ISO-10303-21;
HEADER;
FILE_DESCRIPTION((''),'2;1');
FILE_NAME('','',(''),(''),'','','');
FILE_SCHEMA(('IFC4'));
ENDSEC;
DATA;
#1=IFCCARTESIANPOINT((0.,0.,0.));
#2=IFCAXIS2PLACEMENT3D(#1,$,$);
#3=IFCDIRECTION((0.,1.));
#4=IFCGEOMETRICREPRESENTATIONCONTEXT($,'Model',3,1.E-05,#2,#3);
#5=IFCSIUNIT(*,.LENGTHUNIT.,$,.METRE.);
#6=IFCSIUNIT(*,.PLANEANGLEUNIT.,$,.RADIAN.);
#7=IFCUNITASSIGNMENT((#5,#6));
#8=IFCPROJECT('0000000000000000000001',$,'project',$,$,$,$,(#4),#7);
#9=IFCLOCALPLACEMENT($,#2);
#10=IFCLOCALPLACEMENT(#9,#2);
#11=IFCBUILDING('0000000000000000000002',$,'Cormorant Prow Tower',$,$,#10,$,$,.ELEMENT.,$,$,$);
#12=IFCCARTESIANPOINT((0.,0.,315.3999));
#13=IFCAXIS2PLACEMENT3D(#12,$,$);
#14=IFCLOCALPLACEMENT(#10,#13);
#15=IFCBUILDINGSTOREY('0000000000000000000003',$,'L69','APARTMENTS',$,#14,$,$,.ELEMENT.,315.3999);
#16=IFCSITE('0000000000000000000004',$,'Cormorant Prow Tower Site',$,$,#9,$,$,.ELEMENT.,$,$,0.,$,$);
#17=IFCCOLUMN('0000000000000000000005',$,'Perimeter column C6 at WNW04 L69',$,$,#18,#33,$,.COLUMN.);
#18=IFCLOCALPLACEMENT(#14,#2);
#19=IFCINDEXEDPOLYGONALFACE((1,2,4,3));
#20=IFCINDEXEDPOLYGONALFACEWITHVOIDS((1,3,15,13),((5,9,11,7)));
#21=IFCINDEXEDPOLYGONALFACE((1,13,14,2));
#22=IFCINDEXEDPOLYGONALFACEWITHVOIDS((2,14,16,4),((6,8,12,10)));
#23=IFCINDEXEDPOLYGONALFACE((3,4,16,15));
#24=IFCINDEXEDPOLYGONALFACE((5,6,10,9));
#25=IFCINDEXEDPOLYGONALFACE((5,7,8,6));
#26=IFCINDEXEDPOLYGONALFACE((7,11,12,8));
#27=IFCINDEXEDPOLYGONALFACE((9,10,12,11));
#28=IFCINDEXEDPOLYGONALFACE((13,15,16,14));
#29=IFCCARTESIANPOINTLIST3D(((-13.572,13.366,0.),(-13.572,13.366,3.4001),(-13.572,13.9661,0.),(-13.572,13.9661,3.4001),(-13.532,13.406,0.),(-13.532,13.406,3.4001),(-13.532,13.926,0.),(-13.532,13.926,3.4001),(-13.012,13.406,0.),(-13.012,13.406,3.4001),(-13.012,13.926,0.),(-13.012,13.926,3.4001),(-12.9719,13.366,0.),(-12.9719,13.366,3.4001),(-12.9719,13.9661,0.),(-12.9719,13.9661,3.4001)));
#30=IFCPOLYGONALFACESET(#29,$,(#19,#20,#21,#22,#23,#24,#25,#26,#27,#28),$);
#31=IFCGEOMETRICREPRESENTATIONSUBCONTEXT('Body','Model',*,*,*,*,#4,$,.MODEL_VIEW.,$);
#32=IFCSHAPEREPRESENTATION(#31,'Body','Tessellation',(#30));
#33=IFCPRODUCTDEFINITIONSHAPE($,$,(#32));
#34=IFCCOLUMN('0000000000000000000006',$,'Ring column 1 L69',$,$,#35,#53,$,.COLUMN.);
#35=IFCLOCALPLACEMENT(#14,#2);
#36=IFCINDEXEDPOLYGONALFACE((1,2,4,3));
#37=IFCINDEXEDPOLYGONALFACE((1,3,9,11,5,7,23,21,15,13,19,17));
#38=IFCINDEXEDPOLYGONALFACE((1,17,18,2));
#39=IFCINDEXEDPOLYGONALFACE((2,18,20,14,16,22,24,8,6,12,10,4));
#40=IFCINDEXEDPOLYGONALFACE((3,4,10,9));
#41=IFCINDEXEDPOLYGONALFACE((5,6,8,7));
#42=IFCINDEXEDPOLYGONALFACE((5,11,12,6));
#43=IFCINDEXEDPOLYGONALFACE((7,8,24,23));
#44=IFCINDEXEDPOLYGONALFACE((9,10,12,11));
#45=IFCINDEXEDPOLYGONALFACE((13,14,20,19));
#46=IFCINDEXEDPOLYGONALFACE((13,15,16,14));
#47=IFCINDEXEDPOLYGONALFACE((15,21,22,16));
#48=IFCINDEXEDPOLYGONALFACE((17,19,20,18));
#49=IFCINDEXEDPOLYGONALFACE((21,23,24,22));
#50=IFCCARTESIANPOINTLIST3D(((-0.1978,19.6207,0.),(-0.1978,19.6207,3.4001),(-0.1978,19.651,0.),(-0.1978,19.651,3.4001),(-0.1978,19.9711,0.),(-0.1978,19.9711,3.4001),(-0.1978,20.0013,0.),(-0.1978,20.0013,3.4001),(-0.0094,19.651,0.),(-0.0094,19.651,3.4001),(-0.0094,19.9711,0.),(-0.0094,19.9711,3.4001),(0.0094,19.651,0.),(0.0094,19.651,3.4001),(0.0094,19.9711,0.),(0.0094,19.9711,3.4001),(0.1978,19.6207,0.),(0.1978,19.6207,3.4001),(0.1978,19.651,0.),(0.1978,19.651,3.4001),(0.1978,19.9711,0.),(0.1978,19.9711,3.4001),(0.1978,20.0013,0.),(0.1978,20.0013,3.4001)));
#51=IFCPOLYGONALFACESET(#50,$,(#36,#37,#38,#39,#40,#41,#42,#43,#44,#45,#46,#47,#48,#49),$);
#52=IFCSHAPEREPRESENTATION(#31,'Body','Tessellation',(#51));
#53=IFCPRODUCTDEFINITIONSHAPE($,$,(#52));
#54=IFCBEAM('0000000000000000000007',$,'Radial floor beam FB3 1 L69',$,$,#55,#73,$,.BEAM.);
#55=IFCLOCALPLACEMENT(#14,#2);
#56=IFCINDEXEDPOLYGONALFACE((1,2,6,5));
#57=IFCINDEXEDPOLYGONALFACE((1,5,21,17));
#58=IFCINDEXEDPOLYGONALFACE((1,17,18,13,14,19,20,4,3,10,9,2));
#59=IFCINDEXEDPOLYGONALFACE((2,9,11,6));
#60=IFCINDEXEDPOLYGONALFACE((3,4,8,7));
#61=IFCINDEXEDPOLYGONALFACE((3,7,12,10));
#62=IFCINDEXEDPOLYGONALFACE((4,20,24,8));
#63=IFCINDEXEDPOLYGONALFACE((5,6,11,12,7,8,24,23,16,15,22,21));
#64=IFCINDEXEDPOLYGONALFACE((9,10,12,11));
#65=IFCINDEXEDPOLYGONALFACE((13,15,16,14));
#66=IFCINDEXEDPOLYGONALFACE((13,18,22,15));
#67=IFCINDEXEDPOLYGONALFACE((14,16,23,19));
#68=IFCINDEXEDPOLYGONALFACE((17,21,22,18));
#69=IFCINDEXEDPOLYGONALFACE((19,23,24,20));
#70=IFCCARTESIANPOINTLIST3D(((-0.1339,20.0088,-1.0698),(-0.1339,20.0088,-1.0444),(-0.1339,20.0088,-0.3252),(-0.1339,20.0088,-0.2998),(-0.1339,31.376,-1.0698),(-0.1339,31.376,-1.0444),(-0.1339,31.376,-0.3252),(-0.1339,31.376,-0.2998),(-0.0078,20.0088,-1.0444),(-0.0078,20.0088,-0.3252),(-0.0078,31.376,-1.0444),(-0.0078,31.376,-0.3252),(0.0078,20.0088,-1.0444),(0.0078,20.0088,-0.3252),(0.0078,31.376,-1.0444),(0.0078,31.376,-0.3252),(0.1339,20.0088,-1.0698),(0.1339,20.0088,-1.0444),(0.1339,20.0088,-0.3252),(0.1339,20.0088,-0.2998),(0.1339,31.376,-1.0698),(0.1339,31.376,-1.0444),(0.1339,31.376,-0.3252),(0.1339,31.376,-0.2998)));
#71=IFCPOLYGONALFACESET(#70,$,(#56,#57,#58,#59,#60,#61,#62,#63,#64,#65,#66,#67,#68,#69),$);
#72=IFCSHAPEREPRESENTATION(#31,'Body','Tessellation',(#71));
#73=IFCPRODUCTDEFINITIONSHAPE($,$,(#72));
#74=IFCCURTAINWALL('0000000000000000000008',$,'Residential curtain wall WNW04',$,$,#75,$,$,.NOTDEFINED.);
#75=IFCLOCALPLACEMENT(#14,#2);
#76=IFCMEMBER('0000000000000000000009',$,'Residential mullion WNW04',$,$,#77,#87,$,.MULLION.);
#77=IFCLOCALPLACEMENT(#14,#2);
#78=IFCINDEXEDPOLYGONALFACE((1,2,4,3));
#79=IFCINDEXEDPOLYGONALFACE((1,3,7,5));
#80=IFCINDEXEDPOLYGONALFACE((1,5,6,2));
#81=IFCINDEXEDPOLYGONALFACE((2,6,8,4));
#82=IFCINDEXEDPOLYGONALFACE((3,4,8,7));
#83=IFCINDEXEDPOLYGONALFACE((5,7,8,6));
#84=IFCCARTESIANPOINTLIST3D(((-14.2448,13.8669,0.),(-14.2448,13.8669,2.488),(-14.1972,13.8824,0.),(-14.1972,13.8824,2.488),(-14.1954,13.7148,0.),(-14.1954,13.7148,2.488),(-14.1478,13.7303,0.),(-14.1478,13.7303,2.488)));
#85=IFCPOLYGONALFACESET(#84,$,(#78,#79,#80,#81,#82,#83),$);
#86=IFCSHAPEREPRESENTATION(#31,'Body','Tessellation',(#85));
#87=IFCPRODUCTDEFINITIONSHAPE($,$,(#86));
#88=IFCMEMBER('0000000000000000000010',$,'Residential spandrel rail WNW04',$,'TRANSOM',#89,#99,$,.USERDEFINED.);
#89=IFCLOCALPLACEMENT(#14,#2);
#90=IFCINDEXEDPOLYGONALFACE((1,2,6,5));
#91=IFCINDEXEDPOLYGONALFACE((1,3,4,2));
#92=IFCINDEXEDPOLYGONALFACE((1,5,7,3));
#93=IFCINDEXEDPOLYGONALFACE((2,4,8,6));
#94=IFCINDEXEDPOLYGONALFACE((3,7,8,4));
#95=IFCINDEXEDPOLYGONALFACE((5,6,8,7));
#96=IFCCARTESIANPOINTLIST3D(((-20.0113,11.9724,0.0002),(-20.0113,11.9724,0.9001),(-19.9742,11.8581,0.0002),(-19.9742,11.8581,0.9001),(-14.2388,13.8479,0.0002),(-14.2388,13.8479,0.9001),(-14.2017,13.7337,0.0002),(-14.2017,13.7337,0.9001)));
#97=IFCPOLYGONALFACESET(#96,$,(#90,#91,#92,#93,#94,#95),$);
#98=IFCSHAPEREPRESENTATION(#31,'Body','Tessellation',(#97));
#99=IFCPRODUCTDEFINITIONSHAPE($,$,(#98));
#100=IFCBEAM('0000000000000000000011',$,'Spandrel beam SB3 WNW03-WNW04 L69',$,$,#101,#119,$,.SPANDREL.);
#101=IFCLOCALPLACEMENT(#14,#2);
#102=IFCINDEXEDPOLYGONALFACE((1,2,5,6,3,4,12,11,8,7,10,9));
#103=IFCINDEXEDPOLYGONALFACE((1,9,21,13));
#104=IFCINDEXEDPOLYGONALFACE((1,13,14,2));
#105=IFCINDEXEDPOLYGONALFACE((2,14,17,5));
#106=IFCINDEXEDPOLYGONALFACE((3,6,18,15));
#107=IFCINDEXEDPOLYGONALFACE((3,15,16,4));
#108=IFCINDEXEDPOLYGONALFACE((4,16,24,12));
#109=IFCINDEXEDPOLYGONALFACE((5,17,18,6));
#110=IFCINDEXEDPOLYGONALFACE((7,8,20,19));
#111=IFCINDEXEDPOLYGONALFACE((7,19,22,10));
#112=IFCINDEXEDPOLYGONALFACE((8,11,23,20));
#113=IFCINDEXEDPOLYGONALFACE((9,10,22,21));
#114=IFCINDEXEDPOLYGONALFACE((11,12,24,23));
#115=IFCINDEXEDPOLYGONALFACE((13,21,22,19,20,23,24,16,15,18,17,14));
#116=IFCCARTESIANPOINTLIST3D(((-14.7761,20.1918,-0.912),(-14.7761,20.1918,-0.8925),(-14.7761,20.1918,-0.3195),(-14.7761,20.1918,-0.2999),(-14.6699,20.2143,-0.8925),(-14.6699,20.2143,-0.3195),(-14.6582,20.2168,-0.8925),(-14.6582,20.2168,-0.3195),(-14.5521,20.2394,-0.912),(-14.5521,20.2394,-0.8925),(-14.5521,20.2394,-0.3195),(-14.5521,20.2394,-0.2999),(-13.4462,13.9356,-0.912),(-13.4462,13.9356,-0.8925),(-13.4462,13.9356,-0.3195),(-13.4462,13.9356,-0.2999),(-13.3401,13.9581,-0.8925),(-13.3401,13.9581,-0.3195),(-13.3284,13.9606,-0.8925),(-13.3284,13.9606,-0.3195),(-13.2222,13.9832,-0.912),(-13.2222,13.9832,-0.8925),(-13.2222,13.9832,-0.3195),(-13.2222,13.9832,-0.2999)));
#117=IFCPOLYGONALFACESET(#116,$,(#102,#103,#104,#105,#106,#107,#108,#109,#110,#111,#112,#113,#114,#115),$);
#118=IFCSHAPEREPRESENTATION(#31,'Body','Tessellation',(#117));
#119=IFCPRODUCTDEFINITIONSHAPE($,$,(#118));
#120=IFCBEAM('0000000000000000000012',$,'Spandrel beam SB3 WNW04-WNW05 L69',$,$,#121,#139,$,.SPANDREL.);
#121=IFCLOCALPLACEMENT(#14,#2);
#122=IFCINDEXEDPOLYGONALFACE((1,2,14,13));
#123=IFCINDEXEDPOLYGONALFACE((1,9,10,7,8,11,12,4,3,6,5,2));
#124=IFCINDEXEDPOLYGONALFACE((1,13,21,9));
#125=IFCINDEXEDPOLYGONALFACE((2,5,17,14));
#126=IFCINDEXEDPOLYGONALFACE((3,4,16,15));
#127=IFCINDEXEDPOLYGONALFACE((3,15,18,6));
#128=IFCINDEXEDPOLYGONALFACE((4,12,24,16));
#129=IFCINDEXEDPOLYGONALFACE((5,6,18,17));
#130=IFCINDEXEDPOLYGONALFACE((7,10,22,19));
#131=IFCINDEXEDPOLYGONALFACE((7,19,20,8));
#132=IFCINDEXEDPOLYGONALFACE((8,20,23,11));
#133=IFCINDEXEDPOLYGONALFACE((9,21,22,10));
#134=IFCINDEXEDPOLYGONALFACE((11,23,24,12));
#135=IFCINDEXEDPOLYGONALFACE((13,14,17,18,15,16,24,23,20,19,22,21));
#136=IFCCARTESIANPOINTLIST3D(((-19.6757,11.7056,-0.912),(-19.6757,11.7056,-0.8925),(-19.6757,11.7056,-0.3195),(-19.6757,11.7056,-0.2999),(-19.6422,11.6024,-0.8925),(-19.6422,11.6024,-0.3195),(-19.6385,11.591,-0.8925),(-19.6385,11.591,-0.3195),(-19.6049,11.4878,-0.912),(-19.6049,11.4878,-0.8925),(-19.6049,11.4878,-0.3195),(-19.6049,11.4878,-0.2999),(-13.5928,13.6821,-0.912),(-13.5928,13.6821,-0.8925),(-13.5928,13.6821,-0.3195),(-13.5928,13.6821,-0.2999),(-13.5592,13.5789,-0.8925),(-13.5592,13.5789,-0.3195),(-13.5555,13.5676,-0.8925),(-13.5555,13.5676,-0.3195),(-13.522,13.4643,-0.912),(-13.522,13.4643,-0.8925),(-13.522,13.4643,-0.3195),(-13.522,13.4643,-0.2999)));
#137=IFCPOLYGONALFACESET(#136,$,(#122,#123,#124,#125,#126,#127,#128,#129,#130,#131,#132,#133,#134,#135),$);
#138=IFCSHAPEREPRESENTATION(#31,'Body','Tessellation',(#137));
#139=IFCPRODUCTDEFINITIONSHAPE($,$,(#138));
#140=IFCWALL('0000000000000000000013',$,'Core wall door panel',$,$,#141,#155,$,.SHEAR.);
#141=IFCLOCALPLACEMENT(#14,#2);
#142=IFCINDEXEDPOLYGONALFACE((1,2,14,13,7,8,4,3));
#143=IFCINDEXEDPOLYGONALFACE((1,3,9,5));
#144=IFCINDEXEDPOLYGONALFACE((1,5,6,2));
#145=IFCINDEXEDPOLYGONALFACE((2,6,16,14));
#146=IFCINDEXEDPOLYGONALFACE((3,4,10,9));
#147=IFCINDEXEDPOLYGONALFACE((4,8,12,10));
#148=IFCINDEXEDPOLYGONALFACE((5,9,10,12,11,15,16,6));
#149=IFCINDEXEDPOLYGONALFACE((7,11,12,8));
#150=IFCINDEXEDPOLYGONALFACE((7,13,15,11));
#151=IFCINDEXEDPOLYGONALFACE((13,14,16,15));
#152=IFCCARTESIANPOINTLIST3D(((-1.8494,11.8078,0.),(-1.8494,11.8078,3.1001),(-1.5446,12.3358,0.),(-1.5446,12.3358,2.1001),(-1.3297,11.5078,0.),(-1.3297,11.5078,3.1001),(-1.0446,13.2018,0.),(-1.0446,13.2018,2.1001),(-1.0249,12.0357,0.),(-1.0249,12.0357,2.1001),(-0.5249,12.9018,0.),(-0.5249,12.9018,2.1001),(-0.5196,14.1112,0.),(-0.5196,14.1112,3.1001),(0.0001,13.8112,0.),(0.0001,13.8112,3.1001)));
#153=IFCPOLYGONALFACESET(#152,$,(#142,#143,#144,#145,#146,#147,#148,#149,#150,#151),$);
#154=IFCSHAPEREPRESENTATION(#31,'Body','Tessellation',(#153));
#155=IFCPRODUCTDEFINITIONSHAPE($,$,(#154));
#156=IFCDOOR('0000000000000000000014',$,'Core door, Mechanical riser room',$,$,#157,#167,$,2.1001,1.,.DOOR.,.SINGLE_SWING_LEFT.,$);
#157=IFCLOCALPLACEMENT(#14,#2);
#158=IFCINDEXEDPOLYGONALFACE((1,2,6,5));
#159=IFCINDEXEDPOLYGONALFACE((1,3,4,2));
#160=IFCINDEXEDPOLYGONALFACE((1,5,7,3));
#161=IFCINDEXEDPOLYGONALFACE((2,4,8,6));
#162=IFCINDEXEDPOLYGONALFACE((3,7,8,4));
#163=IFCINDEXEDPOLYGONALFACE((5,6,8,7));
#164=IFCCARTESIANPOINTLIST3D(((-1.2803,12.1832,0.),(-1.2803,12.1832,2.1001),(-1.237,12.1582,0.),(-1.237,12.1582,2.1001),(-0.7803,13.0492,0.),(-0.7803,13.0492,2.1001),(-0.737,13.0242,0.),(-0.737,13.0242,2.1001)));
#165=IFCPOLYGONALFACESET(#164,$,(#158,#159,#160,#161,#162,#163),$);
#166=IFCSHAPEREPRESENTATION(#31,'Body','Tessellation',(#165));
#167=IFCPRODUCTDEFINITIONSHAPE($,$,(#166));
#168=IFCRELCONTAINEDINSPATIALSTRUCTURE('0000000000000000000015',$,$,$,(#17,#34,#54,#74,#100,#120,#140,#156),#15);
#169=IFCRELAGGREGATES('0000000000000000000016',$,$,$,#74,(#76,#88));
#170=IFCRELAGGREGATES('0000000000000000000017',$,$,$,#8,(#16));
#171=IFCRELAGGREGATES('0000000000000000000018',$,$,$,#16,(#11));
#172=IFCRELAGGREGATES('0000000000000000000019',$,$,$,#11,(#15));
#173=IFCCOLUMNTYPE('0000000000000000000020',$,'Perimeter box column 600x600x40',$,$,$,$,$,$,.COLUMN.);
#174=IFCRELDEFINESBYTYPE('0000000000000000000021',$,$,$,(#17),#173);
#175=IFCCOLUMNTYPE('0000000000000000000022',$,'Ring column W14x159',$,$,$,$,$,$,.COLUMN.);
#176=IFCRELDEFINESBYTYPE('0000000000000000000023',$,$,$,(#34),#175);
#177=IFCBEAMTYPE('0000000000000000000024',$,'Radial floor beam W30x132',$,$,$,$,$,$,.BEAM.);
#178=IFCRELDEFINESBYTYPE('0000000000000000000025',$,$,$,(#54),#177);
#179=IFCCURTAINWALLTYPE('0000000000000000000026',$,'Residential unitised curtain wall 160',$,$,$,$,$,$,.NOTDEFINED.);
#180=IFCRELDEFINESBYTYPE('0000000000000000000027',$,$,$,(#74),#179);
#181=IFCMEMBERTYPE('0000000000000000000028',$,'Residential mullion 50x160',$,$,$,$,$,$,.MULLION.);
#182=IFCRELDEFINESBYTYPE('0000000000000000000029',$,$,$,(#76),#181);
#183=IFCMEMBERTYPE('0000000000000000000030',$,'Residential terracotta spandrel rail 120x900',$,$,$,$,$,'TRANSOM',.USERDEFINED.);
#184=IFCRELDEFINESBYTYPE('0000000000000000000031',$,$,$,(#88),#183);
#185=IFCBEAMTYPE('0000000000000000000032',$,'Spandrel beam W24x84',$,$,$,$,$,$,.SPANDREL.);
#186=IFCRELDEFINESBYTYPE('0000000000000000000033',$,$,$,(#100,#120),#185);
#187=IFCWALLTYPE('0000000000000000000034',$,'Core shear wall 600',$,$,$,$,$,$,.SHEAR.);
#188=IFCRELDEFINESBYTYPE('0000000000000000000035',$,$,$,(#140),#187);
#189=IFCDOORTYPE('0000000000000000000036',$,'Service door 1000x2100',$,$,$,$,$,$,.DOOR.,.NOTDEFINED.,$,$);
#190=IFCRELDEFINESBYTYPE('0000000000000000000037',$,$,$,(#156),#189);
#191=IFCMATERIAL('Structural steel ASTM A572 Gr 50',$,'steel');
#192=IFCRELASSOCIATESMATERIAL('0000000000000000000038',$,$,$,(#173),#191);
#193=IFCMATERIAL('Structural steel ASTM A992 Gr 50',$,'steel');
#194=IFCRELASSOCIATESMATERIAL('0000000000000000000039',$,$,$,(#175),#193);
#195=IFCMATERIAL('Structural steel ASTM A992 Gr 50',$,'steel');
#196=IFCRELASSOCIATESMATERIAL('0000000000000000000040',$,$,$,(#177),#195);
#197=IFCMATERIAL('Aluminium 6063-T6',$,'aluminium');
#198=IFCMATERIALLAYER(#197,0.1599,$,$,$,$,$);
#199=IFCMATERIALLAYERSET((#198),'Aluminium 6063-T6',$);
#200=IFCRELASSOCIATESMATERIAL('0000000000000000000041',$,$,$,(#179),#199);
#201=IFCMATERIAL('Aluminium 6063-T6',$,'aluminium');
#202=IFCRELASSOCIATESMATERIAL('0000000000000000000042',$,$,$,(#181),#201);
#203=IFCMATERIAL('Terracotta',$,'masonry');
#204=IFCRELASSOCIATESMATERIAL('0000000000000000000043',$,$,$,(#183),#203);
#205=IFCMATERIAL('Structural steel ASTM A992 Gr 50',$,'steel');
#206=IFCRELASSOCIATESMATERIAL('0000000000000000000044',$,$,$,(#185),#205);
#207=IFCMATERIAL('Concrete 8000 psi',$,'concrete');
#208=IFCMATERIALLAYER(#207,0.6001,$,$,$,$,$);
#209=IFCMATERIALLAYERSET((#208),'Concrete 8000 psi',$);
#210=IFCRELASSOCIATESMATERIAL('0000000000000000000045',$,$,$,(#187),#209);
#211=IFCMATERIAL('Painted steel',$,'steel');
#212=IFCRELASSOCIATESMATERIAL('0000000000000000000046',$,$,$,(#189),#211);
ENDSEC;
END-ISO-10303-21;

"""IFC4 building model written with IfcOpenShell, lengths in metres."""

from ifc_helpers import new_model, si_unit, direction, frame, frame_2d, origin, origin_2d, place, context, subcontext, project, spatial, rectangle, hollow_rectangle, i_section, extrude, material, layer, layer_set, material_profile, profile_set, type_object, element, fill, aggregate, save


model = new_model("IFC4")

# Units and contexts
model_context = context("Model", 3, precision=1e-05, world=origin(), true_north=direction((0.0, 1.0)))
body_context = subcontext(model_context, "Body", "Model", "MODEL_VIEW")
ifc_project = project(units=[si_unit("LENGTHUNIT", "METRE"), si_unit("PLANEANGLEUNIT", "RADIAN")], contexts=[model_context])

# Site, building, storey
site_placement = place(None, origin())
site = spatial("IfcSite", under=ifc_project, at=site_placement, Name="Cormorant Prow Tower Site", CompositionType="ELEMENT", RefElevation=0.0)
building_placement = place(site_placement, origin())
building = spatial("IfcBuilding", under=site, at=building_placement, Name="Cormorant Prow Tower", CompositionType="ELEMENT")
storey_placement = place(building_placement, frame((0.0, 0.0, 315.3999)))
storey = spatial("IfcBuildingStorey", under=building, at=storey_placement, Name="L69", Description="APARTMENTS", CompositionType="ELEMENT", Elevation=315.3999)

# Columns
ifc_material_1 = material(Name="Structural steel ASTM A572 Gr 50", Category="steel")
ifc_material_profile_1 = material_profile(ifc_material_1, hollow_rectangle(XDim=0.6001, YDim=0.6001, WallThickness=0.04, at=origin_2d()), Name="Box 600x600x40")
ifc_profile_set_1 = profile_set([ifc_material_profile_1], Name="Structural steel ASTM A572 Gr 50")
column_type_1 = type_object("IfcColumnType", Name="Perimeter box column 600x600x40", PredefinedType="COLUMN", material=ifc_profile_set_1)
column_1_placement = place(storey_placement, frame((-13.272, 13.666, 0.0), z_axis=(0.0, 0.0, 1.0), x_axis=(1.0, 0.0, 0.0)))
element("IfcColumn", 1, at=column_1_placement, inside=storey, type_object=column_type_1, Name="Perimeter column C6 at WNW04 L69", PredefinedType="COLUMN", context=body_context, shape_type="SweptSolid", body=[
    extrude(hollow_rectangle(XDim=0.6001, YDim=0.6001, WallThickness=0.04, at=origin_2d()), origin(), (0.0, 0.0, 1.0), 3.4001),
])
ifc_material_2 = material(Name="Structural steel ASTM A992 Gr 50", Category="steel")
ifc_material_profile_2 = material_profile(ifc_material_2, i_section(OverallWidth=0.3955, OverallDepth=0.3806, WebThickness=0.0188, FlangeThickness=0.0303, at=origin_2d()), Name="W14x159")
ifc_profile_set_2 = profile_set([ifc_material_profile_2], Name="Structural steel ASTM A992 Gr 50")
column_type_2 = type_object("IfcColumnType", Name="Ring column W14x159", PredefinedType="COLUMN", material=ifc_profile_set_2)
column_2_placement = place(storey_placement, frame((0.0, 19.811, 0.0), z_axis=(0.0, 0.0, 1.0), x_axis=(1.0, 0.0, 0.0)))
element("IfcColumn", 2, at=column_2_placement, inside=storey, type_object=column_type_2, Name="Ring column 1 L69", PredefinedType="COLUMN", context=body_context, shape_type="SweptSolid", body=[
    extrude(i_section(OverallWidth=0.3955, OverallDepth=0.3806, WebThickness=0.0188, FlangeThickness=0.0303, at=origin_2d()), origin(), (0.0, 0.0, 1.0), 3.4001),
])

# Beam
ifc_material_3 = material(Name="Structural steel ASTM A992 Gr 50", Category="steel")
ifc_material_profile_3 = material_profile(ifc_material_3, i_section(OverallWidth=0.2678, OverallDepth=0.77, WebThickness=0.0156, FlangeThickness=0.0254, at=origin_2d()), Name="W30x132")
ifc_profile_set_3 = profile_set([ifc_material_profile_3], Name="Structural steel ASTM A992 Gr 50")
beam_type_1 = type_object("IfcBeamType", Name="Radial floor beam W30x132", PredefinedType="BEAM", material=ifc_profile_set_3)
beam_placement = place(storey_placement, frame((0.0, 20.0088, -0.6848), z_axis=(0.0, 1.0, 0.0), x_axis=(-1.0, 0.0, 0.0)))
element("IfcBeam", 3, at=beam_placement, inside=storey, type_object=beam_type_1, Name="Radial floor beam FB3 1 L69", PredefinedType="BEAM", context=body_context, shape_type="SweptSolid", body=[
    extrude(i_section(OverallWidth=0.2678, OverallDepth=0.77, WebThickness=0.0156, FlangeThickness=0.0254, at=origin_2d()), origin(), (0.0, 0.0, 1.0), 11.3672),
])

# Curtain wall, members
ifc_material_4 = material(Name="Aluminium 6063-T6", Category="aluminium")
ifc_layer_1 = layer(ifc_material_4, 0.1599)
ifc_layer_set_1 = layer_set([ifc_layer_1], Name="Aluminium 6063-T6")
curtain_wall_type = type_object("IfcCurtainWallType", Name="Residential unitised curtain wall 160", PredefinedType="NOTDEFINED", material=ifc_layer_set_1)
curtain_wall_placement = place(storey_placement, origin())
curtain_wall = element("IfcCurtainWall", 4, at=curtain_wall_placement, inside=storey, type_object=curtain_wall_type, Name="Residential curtain wall WNW04", PredefinedType="NOTDEFINED")
ifc_material_5 = material(Name="Aluminium 6063-T6", Category="aluminium")
ifc_material_profile_4 = material_profile(ifc_material_5, rectangle(XDim=0.1599, YDim=0.05, at=origin_2d()), Name="Residential mullion 50x160")
ifc_profile_set_4 = profile_set([ifc_material_profile_4], Name="Aluminium 6063-T6")
member_type_1 = type_object("IfcMemberType", Name="Residential mullion 50x160", PredefinedType="MULLION", material=ifc_profile_set_4)
member_1_placement = place(storey_placement, frame((-14.1963, 13.7986, 0.0), z_axis=(0.0, 0.0, 1.0), x_axis=(0.309017, -0.951056, 0.0)))
member_1 = element("IfcMember", 5, at=member_1_placement, type_object=member_type_1, Name="Residential mullion WNW04", PredefinedType="MULLION", context=body_context, shape_type="SweptSolid", body=[
    extrude(rectangle(XDim=0.1599, YDim=0.05, at=origin_2d()), origin(), (0.0, 0.0, 1.0), 2.488),
])
ifc_material_6 = material(Name="Terracotta", Category="masonry")
ifc_material_profile_5 = material_profile(ifc_material_6, rectangle(XDim=0.1201, YDim=0.8999, at=origin_2d()), Name="Residential terracotta spandrel rail 120x900")
ifc_profile_set_5 = profile_set([ifc_material_profile_5], Name="Terracotta")
member_type_2 = type_object("IfcMemberType", Name="Residential terracotta spandrel rail 120x900", ElementType="TRANSOM", PredefinedType="USERDEFINED", material=ifc_profile_set_5)
member_2_placement = place(storey_placement, frame((-14.2202, 13.7908, 0.4502), z_axis=(-0.951061, -0.309002, 0.0), x_axis=(0.309002, -0.951061, 0.0)))
member_2 = element("IfcMember", 6, at=member_2_placement, type_object=member_type_2, Name="Residential spandrel rail WNW04", ObjectType="TRANSOM", PredefinedType="USERDEFINED", context=body_context, shape_type="SweptSolid", body=[
    extrude(rectangle(XDim=0.1201, YDim=0.8999, at=origin_2d()), origin(), (0.0, 0.0, 1.0), 6.0696),
])
aggregate(curtain_wall, [member_1, member_2])

# Beams
ifc_material_7 = material(Name="Structural steel ASTM A992 Gr 50", Category="steel")
ifc_material_profile_6 = material_profile(ifc_material_7, i_section(OverallWidth=0.229, OverallDepth=0.6121, WebThickness=0.012, FlangeThickness=0.0195, at=origin_2d()), Name="W24x84")
ifc_profile_set_6 = profile_set([ifc_material_profile_6], Name="Structural steel ASTM A992 Gr 50")
beam_type_2 = type_object("IfcBeamType", Name="Spandrel beam W24x84", PredefinedType="SPANDREL", material=ifc_profile_set_6)
for number, where, z_axis, x_axis, name in (
    (7, (-14.6641, 20.2156, -0.606), (0.20792, -0.978146, 0.0), (0.978146, 0.20792, 0.0), "Spandrel beam SB3 WNW03-WNW04 L69"),
    (8, (-13.5574, 13.5732, -0.606), (-0.951053, -0.309027, 0.0), (0.309027, -0.951053, 0.0), "Spandrel beam SB3 WNW04-WNW05 L69"),
):
    element("IfcBeam", number, at=place(storey_placement, frame(where, z_axis=z_axis, x_axis=x_axis)), inside=storey, type_object=beam_type_2, Name=name, PredefinedType="SPANDREL", context=body_context, shape_type="SweptSolid", body=[
        extrude(i_section(OverallWidth=0.229, OverallDepth=0.6121, WebThickness=0.012, FlangeThickness=0.0195, at=origin_2d()), origin(), (0.0, 0.0, 1.0), 6.396),
    ])

# Wall, opening, door
ifc_material_8 = material(Name="Concrete 8000 psi", Category="concrete")
ifc_layer_2 = layer(ifc_material_8, 0.6001)
ifc_layer_set_2 = layer_set([ifc_layer_2], Name="Concrete 8000 psi")
wall_type_1 = type_object("IfcWallType", Name="Core shear wall 600", PredefinedType="SHEAR", material=ifc_layer_set_2)
wall_1_placement = place(storey_placement, frame((-0.2598, 13.9612, 0.0), z_axis=(0.0, 0.0, 1.0), x_axis=(-0.499979, -0.866037, 0.0)))
wall_1 = element("IfcWall", 9, at=wall_1_placement, inside=storey, type_object=wall_type_1, Name="Core wall door panel", PredefinedType="SHEAR", context=body_context, shape_type="SweptSolid", body=[
    extrude(rectangle(XDim=2.6597, YDim=0.6001, at=frame_2d((1.3298, 0.0))), origin(), (0.0, 0.0, 1.0), 3.1001),
])
opening_1_placement = place(wall_1_placement, frame((1.05, 0.0, 0.0)))
opening_1 = element("IfcOpeningElement", 10, at=opening_1_placement, cuts=wall_1, PredefinedType="OPENING", context=body_context, shape_type="SweptSolid", body=[
    extrude(rectangle(XDim=1.0, YDim=2.1001, at=frame_2d((0.5, 1.05))), frame((0.0, 0.3101, 0.0), z_axis=(0.0, -1.0, 0.0), x_axis=(1.0, 0.0, 0.0)), (0.0, 0.0, 1.0), 0.6201),
])
ifc_material_9 = material(Name="Painted steel", Category="steel")
door_type_1 = type_object("IfcDoorType", Name="Service door 1000x2100", OperationType="NOTDEFINED", PredefinedType="DOOR", material=ifc_material_9)
door_1_placement = place(opening_1_placement, origin())
door_1 = element("IfcDoor", 11, at=door_1_placement, inside=storey, type_object=door_type_1, Name="Core door, Mechanical riser room", OperationType="SINGLE_SWING_LEFT", OverallHeight=2.1001, OverallWidth=1.0, PredefinedType="DOOR", context=body_context, shape_type="SweptSolid", body=[
    extrude(rectangle(XDim=1.0, YDim=2.1001, at=frame_2d((0.5, 1.05))), frame((0.0, 0.0552, 0.0), z_axis=(0.0, -1.0, 0.0), x_axis=(1.0, 0.0, 0.0)), (0.0, 0.0, 1.0), 0.05),
])
fill(opening_1, door_1)

save(model, "model.ifc")
